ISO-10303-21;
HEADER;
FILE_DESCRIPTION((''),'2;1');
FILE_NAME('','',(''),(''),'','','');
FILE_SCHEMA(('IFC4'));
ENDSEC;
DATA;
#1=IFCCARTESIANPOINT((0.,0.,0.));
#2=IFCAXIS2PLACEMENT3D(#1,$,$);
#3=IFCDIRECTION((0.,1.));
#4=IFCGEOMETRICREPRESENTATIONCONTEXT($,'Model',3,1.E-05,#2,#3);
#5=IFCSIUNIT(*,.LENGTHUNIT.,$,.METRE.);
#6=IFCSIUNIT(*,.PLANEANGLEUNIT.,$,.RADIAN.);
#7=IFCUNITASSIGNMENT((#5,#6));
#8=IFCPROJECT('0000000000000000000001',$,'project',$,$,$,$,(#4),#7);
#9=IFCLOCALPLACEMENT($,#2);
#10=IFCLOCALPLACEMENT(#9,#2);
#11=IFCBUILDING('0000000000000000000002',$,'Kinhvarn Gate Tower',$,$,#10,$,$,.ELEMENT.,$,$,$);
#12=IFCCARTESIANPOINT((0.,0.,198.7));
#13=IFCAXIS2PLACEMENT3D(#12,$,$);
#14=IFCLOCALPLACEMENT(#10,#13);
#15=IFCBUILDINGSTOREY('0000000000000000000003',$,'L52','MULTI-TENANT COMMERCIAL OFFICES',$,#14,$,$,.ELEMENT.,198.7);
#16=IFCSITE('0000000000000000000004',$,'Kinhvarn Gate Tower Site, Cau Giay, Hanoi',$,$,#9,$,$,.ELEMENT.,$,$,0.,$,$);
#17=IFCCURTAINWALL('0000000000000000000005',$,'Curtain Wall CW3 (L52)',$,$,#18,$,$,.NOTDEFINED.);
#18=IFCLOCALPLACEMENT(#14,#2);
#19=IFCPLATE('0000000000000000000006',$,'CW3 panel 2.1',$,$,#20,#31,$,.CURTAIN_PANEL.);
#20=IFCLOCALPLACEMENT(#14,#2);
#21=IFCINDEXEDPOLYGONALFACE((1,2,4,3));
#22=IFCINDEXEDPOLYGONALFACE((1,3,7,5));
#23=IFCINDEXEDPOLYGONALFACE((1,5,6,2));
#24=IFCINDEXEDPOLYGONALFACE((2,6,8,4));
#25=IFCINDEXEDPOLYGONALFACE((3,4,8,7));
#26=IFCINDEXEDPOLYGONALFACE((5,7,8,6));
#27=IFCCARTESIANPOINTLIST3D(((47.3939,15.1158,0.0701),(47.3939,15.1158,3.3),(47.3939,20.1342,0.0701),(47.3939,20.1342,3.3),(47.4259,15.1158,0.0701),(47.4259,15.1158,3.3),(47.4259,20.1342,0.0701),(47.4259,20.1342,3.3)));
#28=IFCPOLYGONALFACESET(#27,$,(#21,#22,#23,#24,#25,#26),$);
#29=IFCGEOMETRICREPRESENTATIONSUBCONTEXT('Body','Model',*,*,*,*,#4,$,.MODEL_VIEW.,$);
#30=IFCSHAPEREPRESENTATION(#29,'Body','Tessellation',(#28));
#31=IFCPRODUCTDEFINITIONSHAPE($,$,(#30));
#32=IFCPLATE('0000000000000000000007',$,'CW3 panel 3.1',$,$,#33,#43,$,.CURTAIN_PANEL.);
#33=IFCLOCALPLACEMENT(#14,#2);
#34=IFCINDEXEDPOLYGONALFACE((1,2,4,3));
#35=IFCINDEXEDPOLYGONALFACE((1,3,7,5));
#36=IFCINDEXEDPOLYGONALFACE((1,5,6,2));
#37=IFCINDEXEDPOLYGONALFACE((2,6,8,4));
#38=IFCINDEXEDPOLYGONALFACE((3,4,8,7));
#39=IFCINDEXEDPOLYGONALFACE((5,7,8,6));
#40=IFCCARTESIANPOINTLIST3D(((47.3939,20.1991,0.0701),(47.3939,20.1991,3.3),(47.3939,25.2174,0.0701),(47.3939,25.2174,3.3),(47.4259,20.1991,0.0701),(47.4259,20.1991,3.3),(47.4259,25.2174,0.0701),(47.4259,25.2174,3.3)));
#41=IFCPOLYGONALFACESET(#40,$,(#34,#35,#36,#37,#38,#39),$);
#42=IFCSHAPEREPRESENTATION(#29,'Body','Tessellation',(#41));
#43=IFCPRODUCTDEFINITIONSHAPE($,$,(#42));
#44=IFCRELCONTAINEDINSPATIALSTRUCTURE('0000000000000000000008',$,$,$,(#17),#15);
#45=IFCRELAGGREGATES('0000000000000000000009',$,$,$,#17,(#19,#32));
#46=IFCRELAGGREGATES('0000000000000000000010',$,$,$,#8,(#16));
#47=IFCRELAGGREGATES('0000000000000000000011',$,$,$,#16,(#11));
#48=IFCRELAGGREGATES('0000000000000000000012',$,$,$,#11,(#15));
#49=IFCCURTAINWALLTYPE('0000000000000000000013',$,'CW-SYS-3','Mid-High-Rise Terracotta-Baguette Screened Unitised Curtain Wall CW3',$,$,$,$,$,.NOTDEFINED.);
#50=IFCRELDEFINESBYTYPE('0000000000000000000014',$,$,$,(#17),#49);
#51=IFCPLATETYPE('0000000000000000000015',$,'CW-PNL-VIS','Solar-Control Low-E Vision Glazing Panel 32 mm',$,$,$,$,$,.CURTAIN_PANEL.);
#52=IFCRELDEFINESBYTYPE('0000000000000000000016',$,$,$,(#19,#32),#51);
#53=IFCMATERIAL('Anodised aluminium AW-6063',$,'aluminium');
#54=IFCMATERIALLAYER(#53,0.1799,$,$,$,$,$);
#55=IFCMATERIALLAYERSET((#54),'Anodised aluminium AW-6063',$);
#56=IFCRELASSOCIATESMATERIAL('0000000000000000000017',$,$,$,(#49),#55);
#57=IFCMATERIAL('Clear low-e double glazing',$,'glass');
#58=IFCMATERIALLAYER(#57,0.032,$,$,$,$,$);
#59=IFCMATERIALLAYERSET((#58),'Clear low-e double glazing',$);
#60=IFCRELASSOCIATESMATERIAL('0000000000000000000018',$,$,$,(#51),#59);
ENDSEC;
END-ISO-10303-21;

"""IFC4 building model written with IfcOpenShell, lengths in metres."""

from ifc_helpers import new_model, si_unit, direction, frame, origin, origin_2d, place, context, subcontext, project, spatial, rectangle, extrude, material, layer, layer_set, type_object, element, aggregate, save


model = new_model("IFC4")

# Units and contexts
model_context = context("Model", 3, precision=1e-05, world=origin(), true_north=direction((0.0, 1.0)))
body_context = subcontext(model_context, "Body", "Model", "MODEL_VIEW")
ifc_project = project(units=[si_unit("LENGTHUNIT", "METRE"), si_unit("PLANEANGLEUNIT", "RADIAN")], contexts=[model_context])

# Site, building, storey
site_placement = place(None, origin())
site = spatial("IfcSite", under=ifc_project, at=site_placement, Name="Kinhvarn Gate Tower Site, Cau Giay, Hanoi", CompositionType="ELEMENT", RefElevation=0.0)
building_placement = place(site_placement, origin())
building = spatial("IfcBuilding", under=site, at=building_placement, Name="Kinhvarn Gate Tower", CompositionType="ELEMENT")
storey_placement = place(building_placement, frame((0.0, 0.0, 198.7)))
storey = spatial("IfcBuildingStorey", under=building, at=storey_placement, Name="L52", Description="MULTI-TENANT COMMERCIAL OFFICES", CompositionType="ELEMENT", Elevation=198.7)

# Curtain wall
ifc_material_1 = material(Name="Anodised aluminium AW-6063", Category="aluminium")
ifc_layer_1 = layer(ifc_material_1, 0.1799)
ifc_layer_set_1 = layer_set([ifc_layer_1], Name="Anodised aluminium AW-6063")
curtain_wall_type = type_object("IfcCurtainWallType", Name="CW-SYS-3", Description="Mid-High-Rise Terracotta-Baguette Screened Unitised Curtain Wall CW3", PredefinedType="NOTDEFINED", material=ifc_layer_set_1)
curtain_wall_placement = place(storey_placement, origin())
curtain_wall = element("IfcCurtainWall", 1, at=curtain_wall_placement, inside=storey, type_object=curtain_wall_type, Name="Curtain Wall CW3 (L52)", PredefinedType="NOTDEFINED")

# Plates
ifc_material_2 = material(Name="Clear low-e double glazing", Category="glass")
ifc_layer_2 = layer(ifc_material_2, 0.032)
ifc_layer_set_2 = layer_set([ifc_layer_2], Name="Clear low-e double glazing")
plate_type = type_object("IfcPlateType", Name="CW-PNL-VIS", Description="Solar-Control Low-E Vision Glazing Panel 32 mm", PredefinedType="CURTAIN_PANEL", material=ifc_layer_set_2)
plate_1_placement = place(storey_placement, frame((47.4099, 17.625, 0.0701), z_axis=(0.0, 0.0, 1.0), x_axis=(0.0, 1.0, 0.0)))
plate_1 = element("IfcPlate", 2, at=plate_1_placement, type_object=plate_type, Name="CW3 panel 2.1", PredefinedType="CURTAIN_PANEL", context=body_context, shape_type="SweptSolid", body=[
    extrude(rectangle(XDim=5.0183, YDim=0.032, at=origin_2d()), origin(), (0.0, 0.0, 1.0), 3.23),
])
plate_2_placement = place(storey_placement, frame((47.4099, 22.7083, 0.0701), z_axis=(0.0, 0.0, 1.0), x_axis=(0.0, 1.0, 0.0)))
plate_2 = element("IfcPlate", 3, at=plate_2_placement, type_object=plate_type, Name="CW3 panel 3.1", PredefinedType="CURTAIN_PANEL", context=body_context, shape_type="SweptSolid", body=[
    extrude(rectangle(XDim=5.0183, YDim=0.032, at=origin_2d()), origin(), (0.0, 0.0, 1.0), 3.23),
])
aggregate(curtain_wall, [plate_1, plate_2])

save(model, "model.ifc")
